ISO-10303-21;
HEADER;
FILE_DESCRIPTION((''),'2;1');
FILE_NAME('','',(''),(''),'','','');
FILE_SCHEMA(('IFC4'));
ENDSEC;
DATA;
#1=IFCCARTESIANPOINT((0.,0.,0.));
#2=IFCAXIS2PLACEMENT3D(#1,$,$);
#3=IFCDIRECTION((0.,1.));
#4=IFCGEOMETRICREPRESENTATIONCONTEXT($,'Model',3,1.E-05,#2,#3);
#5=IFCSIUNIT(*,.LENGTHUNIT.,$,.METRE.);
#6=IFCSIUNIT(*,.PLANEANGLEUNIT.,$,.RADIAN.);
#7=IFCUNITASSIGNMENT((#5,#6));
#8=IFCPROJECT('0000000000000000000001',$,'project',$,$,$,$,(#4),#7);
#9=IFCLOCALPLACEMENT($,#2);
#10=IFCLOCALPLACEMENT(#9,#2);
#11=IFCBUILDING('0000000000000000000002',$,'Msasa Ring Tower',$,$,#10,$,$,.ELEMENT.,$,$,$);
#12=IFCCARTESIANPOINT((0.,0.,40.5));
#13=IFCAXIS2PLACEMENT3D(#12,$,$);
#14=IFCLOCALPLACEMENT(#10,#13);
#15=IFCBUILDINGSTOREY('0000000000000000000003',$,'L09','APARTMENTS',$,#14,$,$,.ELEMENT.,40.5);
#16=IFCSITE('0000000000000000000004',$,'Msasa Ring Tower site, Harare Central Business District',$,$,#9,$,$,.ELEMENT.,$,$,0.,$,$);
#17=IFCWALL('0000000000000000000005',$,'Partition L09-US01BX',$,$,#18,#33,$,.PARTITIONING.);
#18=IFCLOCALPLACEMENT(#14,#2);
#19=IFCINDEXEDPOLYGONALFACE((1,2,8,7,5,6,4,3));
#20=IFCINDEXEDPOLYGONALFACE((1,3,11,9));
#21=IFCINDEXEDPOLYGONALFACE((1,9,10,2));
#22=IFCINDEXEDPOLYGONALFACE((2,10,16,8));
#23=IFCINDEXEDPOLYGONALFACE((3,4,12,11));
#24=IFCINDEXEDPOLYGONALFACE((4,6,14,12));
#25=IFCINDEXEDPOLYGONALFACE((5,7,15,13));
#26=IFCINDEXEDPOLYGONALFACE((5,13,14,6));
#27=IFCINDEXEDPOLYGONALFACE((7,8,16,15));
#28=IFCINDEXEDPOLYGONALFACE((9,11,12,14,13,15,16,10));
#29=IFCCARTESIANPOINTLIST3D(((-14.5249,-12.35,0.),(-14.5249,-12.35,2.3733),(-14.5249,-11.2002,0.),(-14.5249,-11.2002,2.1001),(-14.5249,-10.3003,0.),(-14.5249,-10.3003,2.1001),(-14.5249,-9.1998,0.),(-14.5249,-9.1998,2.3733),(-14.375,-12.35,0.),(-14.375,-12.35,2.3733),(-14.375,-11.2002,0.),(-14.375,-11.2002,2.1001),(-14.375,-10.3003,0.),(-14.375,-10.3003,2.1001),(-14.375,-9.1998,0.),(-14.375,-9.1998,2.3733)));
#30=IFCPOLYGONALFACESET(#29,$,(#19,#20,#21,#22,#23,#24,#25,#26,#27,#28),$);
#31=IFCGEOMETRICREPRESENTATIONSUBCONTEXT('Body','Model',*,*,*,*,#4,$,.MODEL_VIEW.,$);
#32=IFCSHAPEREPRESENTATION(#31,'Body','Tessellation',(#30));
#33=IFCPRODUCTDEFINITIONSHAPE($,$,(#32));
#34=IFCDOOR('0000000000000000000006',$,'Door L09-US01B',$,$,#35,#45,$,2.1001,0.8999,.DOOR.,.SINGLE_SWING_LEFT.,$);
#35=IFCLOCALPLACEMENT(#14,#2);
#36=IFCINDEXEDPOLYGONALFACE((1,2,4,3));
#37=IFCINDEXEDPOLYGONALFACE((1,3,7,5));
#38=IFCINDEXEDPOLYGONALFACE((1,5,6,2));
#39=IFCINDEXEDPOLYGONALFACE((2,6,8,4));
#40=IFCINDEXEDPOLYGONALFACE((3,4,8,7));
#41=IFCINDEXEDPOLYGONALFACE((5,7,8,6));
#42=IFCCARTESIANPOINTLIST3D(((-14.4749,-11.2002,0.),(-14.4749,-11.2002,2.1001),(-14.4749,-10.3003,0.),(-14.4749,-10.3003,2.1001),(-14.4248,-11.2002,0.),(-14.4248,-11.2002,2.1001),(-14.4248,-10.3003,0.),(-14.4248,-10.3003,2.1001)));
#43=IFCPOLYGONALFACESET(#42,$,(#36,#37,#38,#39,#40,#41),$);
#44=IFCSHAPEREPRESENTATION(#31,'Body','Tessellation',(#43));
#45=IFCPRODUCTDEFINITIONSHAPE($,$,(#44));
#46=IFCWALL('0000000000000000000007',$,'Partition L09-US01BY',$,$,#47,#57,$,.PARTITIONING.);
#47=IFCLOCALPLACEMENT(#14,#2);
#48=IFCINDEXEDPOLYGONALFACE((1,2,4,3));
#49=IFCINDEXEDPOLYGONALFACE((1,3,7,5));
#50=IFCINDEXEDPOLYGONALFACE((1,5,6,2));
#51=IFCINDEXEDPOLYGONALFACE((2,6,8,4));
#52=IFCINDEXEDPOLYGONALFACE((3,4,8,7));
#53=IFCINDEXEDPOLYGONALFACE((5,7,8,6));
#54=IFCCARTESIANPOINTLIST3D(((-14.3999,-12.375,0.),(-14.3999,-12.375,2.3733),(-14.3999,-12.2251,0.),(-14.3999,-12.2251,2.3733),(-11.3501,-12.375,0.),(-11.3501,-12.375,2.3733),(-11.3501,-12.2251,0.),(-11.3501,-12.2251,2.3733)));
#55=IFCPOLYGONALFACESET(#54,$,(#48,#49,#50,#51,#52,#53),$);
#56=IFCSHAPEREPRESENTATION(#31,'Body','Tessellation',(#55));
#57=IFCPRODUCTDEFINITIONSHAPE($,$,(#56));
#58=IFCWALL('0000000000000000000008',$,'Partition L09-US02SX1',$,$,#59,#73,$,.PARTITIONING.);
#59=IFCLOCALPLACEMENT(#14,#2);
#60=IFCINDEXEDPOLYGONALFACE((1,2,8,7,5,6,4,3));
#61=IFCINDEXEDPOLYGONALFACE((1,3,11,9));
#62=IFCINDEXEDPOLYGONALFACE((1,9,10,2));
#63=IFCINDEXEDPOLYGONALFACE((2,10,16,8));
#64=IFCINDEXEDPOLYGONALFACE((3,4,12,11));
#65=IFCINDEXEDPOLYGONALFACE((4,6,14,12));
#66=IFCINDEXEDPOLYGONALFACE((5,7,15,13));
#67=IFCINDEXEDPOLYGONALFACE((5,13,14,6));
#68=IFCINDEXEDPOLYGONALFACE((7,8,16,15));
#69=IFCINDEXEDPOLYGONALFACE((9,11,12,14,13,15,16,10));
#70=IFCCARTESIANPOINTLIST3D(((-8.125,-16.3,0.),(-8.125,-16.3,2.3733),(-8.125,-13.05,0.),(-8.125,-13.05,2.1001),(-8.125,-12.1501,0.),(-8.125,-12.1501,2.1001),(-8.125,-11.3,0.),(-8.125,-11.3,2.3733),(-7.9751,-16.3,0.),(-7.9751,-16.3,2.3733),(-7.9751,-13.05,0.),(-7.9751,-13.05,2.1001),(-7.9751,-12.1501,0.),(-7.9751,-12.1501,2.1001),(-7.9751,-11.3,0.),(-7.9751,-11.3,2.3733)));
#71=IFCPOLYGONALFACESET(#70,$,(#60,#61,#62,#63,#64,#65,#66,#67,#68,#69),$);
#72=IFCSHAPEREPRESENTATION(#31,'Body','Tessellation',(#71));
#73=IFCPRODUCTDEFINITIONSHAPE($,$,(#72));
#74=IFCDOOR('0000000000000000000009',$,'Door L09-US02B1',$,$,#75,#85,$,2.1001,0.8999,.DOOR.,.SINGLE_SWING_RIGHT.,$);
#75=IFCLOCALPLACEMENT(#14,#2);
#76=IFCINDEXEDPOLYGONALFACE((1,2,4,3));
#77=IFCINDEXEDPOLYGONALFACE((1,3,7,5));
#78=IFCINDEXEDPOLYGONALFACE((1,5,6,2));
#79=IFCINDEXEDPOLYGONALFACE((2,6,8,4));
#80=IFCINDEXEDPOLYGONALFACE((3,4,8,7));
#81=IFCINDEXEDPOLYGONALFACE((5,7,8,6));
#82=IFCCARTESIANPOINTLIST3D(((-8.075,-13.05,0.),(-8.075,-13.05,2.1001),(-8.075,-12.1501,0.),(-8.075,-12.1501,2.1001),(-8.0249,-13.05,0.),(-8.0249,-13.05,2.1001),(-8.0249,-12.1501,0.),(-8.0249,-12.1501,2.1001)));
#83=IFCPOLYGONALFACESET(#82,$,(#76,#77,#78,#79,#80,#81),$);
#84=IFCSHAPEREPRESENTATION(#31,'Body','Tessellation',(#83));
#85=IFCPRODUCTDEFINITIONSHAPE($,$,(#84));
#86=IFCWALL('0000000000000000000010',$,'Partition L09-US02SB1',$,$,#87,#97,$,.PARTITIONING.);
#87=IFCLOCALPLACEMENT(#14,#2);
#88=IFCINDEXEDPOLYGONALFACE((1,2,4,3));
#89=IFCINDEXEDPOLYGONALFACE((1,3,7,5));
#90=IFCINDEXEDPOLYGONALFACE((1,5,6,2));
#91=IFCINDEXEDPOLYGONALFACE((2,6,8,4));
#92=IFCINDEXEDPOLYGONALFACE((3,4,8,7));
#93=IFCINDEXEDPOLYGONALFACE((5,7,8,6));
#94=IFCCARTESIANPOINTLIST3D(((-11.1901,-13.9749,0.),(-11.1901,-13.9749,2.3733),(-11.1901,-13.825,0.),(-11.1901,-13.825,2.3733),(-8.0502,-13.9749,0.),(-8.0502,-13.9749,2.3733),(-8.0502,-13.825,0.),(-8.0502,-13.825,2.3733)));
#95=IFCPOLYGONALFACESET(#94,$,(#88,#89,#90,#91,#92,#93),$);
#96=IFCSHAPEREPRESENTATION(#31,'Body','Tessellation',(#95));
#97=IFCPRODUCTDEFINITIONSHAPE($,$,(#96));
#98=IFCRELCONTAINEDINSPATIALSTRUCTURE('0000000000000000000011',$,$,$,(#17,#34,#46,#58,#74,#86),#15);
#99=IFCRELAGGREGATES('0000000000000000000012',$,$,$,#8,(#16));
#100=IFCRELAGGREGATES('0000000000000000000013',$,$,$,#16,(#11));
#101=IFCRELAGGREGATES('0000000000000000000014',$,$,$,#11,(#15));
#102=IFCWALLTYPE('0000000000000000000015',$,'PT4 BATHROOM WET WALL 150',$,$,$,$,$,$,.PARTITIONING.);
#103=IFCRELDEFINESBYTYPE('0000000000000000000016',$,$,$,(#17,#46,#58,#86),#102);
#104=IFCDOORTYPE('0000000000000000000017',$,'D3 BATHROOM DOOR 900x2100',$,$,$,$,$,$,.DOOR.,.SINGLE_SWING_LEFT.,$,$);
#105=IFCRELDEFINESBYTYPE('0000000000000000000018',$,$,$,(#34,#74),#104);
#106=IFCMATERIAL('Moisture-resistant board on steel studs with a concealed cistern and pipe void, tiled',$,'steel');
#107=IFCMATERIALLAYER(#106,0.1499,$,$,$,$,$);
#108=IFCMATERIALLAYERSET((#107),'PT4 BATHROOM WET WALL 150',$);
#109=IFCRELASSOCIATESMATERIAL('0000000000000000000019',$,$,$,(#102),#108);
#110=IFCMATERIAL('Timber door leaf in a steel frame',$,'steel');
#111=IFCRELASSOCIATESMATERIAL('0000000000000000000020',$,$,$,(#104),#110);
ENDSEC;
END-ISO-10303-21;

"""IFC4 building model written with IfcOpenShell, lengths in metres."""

from ifc_helpers import new_model, si_unit, direction, frame, frame_2d, origin, place, context, subcontext, project, spatial, rectangle, extrude, material, layer, layer_set, type_object, element, fill, save


model = new_model("IFC4")

# Units and contexts
model_context = context("Model", 3, precision=1e-05, world=origin(), true_north=direction((0.0, 1.0)))
body_context = subcontext(model_context, "Body", "Model", "MODEL_VIEW")
ifc_project = project(units=[si_unit("LENGTHUNIT", "METRE"), si_unit("PLANEANGLEUNIT", "RADIAN")], contexts=[model_context])

# Site, building, storey
site_placement = place(None, origin())
site = spatial("IfcSite", under=ifc_project, at=site_placement, Name="Msasa Ring Tower site, Harare Central Business District", CompositionType="ELEMENT", RefElevation=0.0)
building_placement = place(site_placement, origin())
building = spatial("IfcBuilding", under=site, at=building_placement, Name="Msasa Ring Tower", CompositionType="ELEMENT")
storey_placement = place(building_placement, frame((0.0, 0.0, 40.5)))
storey = spatial("IfcBuildingStorey", under=building, at=storey_placement, Name="L09", Description="APARTMENTS", CompositionType="ELEMENT", Elevation=40.5)

# Wall, opening, door
ifc_material_1 = material(Name="Moisture-resistant board on steel studs with a concealed cistern and pipe void, tiled", Category="steel")
ifc_layer_1 = layer(ifc_material_1, 0.1499)
ifc_layer_set_1 = layer_set([ifc_layer_1], Name="PT4 BATHROOM WET WALL 150")
wall_type_1 = type_object("IfcWallType", Name="PT4 BATHROOM WET WALL 150", PredefinedType="PARTITIONING", material=ifc_layer_set_1)
wall_1_placement = place(storey_placement, frame((-14.45, -12.3501, 0.0), z_axis=(0.0, 0.0, 1.0), x_axis=(0.0, 1.0, 0.0)))
wall_1 = element("IfcWall", 1, at=wall_1_placement, inside=storey, type_object=wall_type_1, Name="Partition L09-US01BX", PredefinedType="PARTITIONING", context=body_context, shape_type="SweptSolid", body=[
    extrude(rectangle(XDim=3.1501, YDim=0.1499, at=frame_2d((1.5752, 0.0))), origin(), (0.0, 0.0, 1.0), 2.3733),
])
opening_1_placement = place(wall_1_placement, frame((1.1499, 0.0, 0.0)))
opening_1 = element("IfcOpeningElement", 2, at=opening_1_placement, cuts=wall_1, PredefinedType="OPENING", context=body_context, shape_type="SweptSolid", body=[
    extrude(rectangle(XDim=0.8999, YDim=2.1001, at=frame_2d((0.45, 1.05))), frame((0.0, 0.085, 0.0), z_axis=(0.0, -1.0, 0.0), x_axis=(1.0, 0.0, 0.0)), (0.0, 0.0, 1.0), 0.1699),
])
ifc_material_2 = material(Name="Timber door leaf in a steel frame", Category="steel")
door_type_1 = type_object("IfcDoorType", Name="D3 BATHROOM DOOR 900x2100", OperationType="SINGLE_SWING_LEFT", PredefinedType="DOOR", material=ifc_material_2)
door_1_placement = place(opening_1_placement, origin())
door_1 = element("IfcDoor", 3, at=door_1_placement, inside=storey, type_object=door_type_1, Name="Door L09-US01B", OperationType="SINGLE_SWING_LEFT", OverallHeight=2.1001, OverallWidth=0.8999, PredefinedType="DOOR", context=body_context, shape_type="SweptSolid", body=[
    extrude(rectangle(XDim=0.8999, YDim=2.1001, at=frame_2d((0.45, 1.05))), frame((0.0, 0.0249, 0.0), z_axis=(0.0, -1.0, 0.0), x_axis=(1.0, 0.0, 0.0)), (0.0, 0.0, 1.0), 0.05),
])
fill(opening_1, door_1)

# Wall
wall_2_placement = place(storey_placement, frame((-14.3999, -12.3, 0.0), z_axis=(0.0, 0.0, 1.0), x_axis=(1.0, 0.0, 0.0)))
element("IfcWall", 4, at=wall_2_placement, inside=storey, type_object=wall_type_1, Name="Partition L09-US01BY", PredefinedType="PARTITIONING", context=body_context, shape_type="SweptSolid", body=[
    extrude(rectangle(XDim=3.0498, YDim=0.1499, at=frame_2d((1.5249, 0.0))), origin(), (0.0, 0.0, 1.0), 2.3733),
])

# Wall, opening, door
wall_3_placement = place(storey_placement, frame((-8.05, -16.3, 0.0), z_axis=(0.0, 0.0, 1.0), x_axis=(0.0, 1.0, 0.0)))
wall_3 = element("IfcWall", 5, at=wall_3_placement, inside=storey, type_object=wall_type_1, Name="Partition L09-US02SX1", PredefinedType="PARTITIONING", context=body_context, shape_type="SweptSolid", body=[
    extrude(rectangle(XDim=5.0, YDim=0.1499, at=frame_2d((2.5, 0.0))), origin(), (0.0, 0.0, 1.0), 2.3733),
])
opening_2_placement = place(wall_3_placement, frame((3.25, 0.0, 0.0)))
opening_2 = element("IfcOpeningElement", 6, at=opening_2_placement, cuts=wall_3, PredefinedType="OPENING", context=body_context, shape_type="SweptSolid", body=[
    extrude(rectangle(XDim=0.8999, YDim=2.1001, at=frame_2d((0.45, 1.05))), frame((0.0, 0.085, 0.0), z_axis=(0.0, -1.0, 0.0), x_axis=(1.0, 0.0, 0.0)), (0.0, 0.0, 1.0), 0.1699),
])
door_2_placement = place(opening_2_placement, origin())
door_2 = element("IfcDoor", 7, at=door_2_placement, inside=storey, type_object=door_type_1, Name="Door L09-US02B1", OperationType="SINGLE_SWING_RIGHT", OverallHeight=2.1001, OverallWidth=0.8999, PredefinedType="DOOR", context=body_context, shape_type="SweptSolid", body=[
    extrude(rectangle(XDim=0.8999, YDim=2.1001, at=frame_2d((0.45, 1.05))), frame((0.0, 0.0249, 0.0), z_axis=(0.0, -1.0, 0.0), x_axis=(1.0, 0.0, 0.0)), (0.0, 0.0, 1.0), 0.05),
])
fill(opening_2, door_2)

# Wall
wall_4_placement = place(storey_placement, frame((-11.1899, -13.8999, 0.0), z_axis=(0.0, 0.0, 1.0), x_axis=(1.0, 0.0, 0.0)))
element("IfcWall", 8, at=wall_4_placement, inside=storey, type_object=wall_type_1, Name="Partition L09-US02SB1", PredefinedType="PARTITIONING", context=body_context, shape_type="SweptSolid", body=[
    extrude(rectangle(XDim=3.1399, YDim=0.1499, at=frame_2d((1.5698, 0.0))), origin(), (0.0, 0.0, 1.0), 2.3733),
])

save(model, "model.ifc")
